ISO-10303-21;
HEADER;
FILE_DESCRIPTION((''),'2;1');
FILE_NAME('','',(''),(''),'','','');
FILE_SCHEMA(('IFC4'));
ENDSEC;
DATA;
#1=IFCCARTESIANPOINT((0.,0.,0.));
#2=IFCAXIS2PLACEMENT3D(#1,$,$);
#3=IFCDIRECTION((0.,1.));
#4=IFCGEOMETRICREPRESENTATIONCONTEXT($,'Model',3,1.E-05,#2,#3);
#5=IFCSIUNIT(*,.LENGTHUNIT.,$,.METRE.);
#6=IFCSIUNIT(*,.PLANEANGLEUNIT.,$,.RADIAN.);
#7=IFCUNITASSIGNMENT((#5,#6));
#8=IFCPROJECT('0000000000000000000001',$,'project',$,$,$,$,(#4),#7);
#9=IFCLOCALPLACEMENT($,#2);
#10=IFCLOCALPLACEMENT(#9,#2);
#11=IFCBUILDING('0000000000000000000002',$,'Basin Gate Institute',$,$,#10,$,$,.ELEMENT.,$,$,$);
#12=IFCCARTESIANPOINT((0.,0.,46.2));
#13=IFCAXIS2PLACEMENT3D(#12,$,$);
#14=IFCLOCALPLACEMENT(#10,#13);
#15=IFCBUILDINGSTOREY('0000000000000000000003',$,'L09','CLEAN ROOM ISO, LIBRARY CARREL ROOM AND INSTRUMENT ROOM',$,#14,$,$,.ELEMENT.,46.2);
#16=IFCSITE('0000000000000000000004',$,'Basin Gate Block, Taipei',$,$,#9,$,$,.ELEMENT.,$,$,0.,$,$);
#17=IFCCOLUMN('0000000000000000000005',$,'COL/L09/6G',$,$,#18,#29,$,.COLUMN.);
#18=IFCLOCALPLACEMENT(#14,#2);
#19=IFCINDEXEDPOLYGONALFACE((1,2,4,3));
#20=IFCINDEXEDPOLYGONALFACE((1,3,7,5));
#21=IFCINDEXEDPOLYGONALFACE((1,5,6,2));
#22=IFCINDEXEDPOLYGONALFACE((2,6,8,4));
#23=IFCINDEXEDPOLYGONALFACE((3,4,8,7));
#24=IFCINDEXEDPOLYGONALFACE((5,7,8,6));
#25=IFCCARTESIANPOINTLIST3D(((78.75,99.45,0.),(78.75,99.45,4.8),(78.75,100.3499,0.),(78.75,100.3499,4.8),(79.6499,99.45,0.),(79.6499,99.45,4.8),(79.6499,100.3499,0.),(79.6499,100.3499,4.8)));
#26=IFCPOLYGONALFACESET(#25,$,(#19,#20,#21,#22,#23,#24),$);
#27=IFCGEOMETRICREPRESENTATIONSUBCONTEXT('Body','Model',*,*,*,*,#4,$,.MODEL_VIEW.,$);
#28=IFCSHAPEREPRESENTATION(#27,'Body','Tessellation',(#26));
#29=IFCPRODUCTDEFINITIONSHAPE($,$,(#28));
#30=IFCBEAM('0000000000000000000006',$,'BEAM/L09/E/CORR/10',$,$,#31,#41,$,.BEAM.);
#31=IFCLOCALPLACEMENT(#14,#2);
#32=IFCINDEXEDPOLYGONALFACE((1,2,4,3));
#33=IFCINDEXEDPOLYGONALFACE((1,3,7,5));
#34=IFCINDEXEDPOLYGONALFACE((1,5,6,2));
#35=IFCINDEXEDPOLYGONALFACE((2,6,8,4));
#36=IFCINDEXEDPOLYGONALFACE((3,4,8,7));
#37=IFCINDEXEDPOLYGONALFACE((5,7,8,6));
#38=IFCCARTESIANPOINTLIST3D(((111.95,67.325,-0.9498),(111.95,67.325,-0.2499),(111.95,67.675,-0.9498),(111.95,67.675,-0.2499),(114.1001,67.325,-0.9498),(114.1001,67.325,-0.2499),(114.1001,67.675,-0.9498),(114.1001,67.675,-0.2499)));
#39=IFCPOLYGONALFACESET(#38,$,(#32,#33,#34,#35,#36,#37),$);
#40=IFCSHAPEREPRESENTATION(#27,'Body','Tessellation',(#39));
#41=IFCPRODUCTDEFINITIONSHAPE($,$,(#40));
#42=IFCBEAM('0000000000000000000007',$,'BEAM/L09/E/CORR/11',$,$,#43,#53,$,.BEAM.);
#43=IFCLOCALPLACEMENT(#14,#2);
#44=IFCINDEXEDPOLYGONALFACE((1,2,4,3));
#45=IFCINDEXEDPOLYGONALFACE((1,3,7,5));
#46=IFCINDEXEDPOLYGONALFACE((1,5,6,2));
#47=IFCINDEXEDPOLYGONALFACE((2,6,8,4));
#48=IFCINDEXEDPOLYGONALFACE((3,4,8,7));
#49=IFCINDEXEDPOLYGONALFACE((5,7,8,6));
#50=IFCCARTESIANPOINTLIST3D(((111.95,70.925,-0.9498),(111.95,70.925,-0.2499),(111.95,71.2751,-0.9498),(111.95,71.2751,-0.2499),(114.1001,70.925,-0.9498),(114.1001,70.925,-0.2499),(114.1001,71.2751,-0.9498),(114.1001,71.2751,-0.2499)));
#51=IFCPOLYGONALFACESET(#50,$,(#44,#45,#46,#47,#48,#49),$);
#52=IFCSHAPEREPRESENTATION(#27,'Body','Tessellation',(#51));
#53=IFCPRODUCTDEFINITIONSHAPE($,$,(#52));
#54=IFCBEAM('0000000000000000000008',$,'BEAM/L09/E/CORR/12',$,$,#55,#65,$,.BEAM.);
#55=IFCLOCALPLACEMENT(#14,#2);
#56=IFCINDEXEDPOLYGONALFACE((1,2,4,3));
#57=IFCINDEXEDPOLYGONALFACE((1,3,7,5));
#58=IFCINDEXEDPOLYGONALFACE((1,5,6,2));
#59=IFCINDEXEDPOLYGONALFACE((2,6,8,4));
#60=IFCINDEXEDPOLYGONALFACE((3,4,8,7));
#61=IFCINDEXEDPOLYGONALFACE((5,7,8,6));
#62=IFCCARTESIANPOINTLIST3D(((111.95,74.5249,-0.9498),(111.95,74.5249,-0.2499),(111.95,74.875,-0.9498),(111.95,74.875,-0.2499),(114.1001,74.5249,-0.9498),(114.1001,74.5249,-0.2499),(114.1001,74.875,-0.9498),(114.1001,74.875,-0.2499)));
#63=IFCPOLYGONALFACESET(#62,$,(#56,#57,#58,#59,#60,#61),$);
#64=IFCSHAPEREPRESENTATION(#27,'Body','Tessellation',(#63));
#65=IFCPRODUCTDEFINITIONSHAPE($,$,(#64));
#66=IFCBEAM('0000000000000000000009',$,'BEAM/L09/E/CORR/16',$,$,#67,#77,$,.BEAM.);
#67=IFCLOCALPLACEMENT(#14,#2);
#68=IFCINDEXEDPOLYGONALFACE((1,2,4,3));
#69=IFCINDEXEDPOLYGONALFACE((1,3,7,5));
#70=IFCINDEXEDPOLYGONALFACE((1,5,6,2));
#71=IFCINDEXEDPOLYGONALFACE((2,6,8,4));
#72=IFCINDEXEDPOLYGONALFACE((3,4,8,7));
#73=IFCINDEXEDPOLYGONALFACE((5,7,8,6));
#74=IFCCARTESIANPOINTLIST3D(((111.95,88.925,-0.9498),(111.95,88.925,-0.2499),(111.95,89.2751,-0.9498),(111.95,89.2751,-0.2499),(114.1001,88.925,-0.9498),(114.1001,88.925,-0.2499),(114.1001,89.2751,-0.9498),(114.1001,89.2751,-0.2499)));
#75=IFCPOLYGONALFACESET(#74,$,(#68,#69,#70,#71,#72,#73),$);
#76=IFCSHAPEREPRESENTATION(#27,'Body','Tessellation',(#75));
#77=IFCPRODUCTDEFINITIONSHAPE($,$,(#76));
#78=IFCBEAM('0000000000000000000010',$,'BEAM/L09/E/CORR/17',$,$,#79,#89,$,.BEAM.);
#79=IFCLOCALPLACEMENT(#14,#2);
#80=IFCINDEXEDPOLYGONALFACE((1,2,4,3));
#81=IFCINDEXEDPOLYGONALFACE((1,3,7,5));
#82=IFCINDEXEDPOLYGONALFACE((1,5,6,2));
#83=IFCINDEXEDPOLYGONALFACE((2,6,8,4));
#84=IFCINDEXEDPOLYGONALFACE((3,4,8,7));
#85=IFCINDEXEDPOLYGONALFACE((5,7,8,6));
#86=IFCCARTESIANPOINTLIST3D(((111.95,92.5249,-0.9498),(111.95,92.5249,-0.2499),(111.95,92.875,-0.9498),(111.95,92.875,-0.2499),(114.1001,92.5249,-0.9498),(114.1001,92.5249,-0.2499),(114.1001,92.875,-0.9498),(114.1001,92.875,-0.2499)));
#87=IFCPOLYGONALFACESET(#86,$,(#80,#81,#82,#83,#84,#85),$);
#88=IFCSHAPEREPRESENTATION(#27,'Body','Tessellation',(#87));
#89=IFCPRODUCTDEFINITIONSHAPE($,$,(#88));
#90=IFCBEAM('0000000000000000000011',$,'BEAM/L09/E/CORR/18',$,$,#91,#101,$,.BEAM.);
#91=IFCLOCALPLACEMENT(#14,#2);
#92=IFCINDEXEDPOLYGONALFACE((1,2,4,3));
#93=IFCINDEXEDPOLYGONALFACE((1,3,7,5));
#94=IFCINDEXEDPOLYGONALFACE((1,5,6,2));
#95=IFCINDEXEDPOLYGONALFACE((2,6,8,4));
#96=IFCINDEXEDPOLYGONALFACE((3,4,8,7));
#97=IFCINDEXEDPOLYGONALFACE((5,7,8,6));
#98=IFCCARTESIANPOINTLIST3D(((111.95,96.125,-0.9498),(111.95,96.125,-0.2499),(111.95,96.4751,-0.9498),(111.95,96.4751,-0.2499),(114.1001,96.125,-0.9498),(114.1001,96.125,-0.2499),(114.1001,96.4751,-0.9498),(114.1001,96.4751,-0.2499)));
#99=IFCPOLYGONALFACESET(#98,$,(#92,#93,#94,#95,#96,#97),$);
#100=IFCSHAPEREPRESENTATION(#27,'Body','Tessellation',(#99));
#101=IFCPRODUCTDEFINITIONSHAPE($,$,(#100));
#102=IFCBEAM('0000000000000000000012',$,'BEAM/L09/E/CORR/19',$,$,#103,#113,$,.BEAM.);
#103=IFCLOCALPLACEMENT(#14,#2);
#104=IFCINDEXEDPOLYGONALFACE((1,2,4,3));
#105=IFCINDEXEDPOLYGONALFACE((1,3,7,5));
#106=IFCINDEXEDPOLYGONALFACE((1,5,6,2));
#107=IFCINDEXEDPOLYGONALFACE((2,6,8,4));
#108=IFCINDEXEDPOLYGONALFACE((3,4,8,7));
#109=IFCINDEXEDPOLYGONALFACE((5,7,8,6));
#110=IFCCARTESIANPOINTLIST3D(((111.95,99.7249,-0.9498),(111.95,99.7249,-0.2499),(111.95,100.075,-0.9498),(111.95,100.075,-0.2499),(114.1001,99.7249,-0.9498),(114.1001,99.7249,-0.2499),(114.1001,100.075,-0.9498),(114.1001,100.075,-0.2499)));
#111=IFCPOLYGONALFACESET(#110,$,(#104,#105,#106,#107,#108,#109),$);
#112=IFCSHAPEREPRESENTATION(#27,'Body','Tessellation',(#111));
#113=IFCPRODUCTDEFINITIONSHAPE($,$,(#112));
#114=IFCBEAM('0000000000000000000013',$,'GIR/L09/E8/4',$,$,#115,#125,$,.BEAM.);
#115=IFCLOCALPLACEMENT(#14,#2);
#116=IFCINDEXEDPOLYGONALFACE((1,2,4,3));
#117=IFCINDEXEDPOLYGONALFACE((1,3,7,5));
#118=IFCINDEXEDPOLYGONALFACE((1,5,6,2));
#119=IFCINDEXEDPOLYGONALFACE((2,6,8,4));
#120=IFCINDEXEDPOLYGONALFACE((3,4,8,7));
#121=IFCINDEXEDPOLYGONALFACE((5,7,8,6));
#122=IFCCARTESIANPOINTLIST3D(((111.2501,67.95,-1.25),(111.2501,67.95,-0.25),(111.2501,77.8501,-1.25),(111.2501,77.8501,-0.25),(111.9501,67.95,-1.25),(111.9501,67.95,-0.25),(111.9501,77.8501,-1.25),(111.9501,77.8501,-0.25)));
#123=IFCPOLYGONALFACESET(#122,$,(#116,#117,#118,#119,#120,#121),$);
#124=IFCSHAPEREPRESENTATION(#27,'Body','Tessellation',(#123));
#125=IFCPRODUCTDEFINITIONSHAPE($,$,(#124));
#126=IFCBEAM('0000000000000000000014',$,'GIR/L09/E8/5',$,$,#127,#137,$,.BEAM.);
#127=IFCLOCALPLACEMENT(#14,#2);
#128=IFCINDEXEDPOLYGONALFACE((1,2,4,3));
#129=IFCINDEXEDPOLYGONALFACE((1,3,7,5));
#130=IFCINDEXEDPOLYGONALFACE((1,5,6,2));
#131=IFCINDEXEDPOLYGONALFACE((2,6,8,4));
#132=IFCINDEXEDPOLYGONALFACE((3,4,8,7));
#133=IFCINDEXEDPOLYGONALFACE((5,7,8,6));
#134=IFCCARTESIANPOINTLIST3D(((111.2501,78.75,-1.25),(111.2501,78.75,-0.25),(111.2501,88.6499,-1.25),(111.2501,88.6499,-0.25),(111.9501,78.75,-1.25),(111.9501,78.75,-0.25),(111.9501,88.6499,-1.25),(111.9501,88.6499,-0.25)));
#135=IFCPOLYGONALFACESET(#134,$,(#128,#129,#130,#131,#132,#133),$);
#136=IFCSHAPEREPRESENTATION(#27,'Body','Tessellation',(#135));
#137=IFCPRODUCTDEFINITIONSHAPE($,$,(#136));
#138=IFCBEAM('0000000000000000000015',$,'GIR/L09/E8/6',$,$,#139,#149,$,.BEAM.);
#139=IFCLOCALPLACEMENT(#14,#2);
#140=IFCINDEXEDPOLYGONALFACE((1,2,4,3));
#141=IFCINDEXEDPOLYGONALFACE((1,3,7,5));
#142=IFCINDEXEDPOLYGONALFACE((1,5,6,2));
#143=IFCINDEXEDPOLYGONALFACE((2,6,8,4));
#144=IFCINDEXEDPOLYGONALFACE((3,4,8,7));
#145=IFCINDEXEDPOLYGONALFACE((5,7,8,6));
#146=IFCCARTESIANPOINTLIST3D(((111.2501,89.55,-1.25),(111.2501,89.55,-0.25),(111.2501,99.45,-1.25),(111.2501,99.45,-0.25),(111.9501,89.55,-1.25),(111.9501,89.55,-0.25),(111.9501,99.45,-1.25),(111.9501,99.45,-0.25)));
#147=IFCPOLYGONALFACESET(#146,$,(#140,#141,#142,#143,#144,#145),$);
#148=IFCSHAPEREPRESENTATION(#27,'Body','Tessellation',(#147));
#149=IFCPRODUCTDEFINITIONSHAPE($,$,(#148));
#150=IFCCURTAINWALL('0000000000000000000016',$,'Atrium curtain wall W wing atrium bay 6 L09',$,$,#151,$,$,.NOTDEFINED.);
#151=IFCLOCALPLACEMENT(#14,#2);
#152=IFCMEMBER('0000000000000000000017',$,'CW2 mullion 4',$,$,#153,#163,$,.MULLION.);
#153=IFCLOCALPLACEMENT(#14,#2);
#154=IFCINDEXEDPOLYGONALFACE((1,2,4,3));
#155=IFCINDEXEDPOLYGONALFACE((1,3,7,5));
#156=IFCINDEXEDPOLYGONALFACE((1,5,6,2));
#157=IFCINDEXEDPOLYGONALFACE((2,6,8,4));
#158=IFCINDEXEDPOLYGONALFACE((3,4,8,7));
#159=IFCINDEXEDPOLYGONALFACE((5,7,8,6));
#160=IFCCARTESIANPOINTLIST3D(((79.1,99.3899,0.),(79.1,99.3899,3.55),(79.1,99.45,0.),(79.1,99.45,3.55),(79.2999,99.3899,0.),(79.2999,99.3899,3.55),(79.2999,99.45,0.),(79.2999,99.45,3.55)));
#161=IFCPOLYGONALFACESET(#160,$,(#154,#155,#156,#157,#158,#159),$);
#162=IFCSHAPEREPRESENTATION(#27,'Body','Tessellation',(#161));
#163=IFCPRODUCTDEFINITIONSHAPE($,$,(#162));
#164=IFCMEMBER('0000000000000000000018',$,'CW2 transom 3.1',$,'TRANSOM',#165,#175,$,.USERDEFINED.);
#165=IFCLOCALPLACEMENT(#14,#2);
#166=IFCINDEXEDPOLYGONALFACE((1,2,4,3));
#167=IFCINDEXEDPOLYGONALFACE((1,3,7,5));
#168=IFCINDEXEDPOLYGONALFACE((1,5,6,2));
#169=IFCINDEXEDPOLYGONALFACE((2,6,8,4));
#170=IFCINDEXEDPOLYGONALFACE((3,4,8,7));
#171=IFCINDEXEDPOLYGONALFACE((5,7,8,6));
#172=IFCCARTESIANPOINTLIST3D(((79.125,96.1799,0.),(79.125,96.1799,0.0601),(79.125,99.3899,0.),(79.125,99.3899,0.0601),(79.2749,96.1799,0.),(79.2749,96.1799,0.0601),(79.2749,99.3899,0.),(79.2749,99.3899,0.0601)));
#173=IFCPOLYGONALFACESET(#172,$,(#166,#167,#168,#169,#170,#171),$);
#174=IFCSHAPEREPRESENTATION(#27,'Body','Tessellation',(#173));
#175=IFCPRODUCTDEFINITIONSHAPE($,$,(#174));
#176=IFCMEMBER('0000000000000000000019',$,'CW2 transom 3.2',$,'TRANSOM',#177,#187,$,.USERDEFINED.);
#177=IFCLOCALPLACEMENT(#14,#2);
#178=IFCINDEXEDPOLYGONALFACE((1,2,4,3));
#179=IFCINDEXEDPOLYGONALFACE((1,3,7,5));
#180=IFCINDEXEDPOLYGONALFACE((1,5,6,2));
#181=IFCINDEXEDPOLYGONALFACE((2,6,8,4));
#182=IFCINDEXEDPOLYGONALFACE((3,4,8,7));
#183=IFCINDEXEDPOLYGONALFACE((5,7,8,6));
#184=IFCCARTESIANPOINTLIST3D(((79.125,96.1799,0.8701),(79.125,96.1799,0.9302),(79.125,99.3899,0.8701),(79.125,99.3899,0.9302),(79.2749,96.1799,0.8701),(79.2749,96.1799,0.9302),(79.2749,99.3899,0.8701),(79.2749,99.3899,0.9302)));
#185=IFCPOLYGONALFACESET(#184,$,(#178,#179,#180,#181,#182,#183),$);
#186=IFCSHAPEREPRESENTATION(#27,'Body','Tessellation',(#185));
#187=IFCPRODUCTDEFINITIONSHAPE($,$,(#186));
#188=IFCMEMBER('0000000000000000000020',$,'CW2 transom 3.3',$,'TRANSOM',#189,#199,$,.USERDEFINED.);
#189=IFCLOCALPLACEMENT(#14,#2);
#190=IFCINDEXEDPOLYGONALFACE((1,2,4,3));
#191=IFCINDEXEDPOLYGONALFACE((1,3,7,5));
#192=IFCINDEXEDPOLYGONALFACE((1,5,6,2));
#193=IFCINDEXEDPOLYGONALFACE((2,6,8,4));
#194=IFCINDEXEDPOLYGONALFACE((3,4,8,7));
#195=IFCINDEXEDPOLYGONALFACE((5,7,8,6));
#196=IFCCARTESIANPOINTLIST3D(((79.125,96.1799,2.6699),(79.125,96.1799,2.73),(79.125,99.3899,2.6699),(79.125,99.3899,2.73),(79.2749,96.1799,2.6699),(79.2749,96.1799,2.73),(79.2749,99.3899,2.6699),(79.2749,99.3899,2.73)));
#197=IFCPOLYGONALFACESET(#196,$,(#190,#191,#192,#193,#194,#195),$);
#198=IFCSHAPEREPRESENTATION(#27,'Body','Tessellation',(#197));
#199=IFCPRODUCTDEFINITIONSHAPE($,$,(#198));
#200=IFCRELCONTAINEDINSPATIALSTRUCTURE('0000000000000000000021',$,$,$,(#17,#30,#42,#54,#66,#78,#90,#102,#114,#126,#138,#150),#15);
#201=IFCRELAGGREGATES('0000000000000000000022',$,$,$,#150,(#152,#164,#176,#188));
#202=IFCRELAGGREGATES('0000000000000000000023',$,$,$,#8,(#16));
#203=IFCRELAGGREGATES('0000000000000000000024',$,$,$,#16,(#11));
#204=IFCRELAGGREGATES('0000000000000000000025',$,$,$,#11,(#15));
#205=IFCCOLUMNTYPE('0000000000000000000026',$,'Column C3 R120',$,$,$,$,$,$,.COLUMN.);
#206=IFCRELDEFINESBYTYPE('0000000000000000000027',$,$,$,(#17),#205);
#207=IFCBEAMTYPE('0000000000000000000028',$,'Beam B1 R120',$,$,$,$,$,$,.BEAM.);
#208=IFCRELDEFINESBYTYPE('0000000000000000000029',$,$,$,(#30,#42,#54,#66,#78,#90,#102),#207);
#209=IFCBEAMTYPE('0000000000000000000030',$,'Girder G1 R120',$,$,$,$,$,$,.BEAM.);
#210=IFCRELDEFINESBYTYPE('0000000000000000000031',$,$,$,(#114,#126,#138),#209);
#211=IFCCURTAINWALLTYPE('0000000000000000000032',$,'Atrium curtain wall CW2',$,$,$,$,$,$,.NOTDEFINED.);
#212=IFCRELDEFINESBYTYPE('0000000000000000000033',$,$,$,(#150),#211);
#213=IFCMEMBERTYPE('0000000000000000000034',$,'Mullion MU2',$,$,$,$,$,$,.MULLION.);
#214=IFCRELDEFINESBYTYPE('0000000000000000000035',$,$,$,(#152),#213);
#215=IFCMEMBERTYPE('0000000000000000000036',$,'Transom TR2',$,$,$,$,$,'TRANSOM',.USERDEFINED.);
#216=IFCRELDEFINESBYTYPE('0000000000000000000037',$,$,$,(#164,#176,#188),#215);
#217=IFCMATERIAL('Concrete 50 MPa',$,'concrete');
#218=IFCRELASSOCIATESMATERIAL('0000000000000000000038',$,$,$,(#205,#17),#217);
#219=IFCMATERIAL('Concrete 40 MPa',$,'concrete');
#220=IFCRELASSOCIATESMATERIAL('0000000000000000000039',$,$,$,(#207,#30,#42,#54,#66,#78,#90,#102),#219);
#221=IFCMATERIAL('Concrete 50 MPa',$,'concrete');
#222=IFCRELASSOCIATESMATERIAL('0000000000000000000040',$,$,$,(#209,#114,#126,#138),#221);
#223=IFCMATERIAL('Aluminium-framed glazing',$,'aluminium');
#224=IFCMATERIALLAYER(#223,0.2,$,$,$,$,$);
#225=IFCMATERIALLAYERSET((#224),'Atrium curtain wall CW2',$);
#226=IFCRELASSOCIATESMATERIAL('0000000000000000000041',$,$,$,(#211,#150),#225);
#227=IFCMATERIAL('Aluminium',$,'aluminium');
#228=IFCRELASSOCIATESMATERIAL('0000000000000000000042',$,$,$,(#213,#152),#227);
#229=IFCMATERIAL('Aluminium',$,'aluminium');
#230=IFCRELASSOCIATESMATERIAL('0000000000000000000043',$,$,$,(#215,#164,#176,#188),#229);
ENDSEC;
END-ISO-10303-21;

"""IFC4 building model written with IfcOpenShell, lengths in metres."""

from ifc_helpers import new_model, si_unit, direction, frame, origin, origin_2d, place, context, subcontext, project, spatial, rectangle, extrude, material, layer, layer_set, material_profile, profile_set, type_object, element, aggregate, save


model = new_model("IFC4")

# Units and contexts
model_context = context("Model", 3, precision=1e-05, world=origin(), true_north=direction((0.0, 1.0)))
body_context = subcontext(model_context, "Body", "Model", "MODEL_VIEW")
ifc_project = project(units=[si_unit("LENGTHUNIT", "METRE"), si_unit("PLANEANGLEUNIT", "RADIAN")], contexts=[model_context])

# Site, building, storey
site_placement = place(None, origin())
site = spatial("IfcSite", under=ifc_project, at=site_placement, Name="Basin Gate Block, Taipei", CompositionType="ELEMENT", RefElevation=0.0)
building_placement = place(site_placement, origin())
building = spatial("IfcBuilding", under=site, at=building_placement, Name="Basin Gate Institute", CompositionType="ELEMENT")
storey_placement = place(building_placement, frame((0.0, 0.0, 46.2)))
storey = spatial("IfcBuildingStorey", under=building, at=storey_placement, Name="L09", Description="CLEAN ROOM ISO, LIBRARY CARREL ROOM AND INSTRUMENT ROOM", CompositionType="ELEMENT", Elevation=46.2)

# Column
ifc_material_1 = material(Name="Concrete 50 MPa", Category="concrete")
ifc_material_profile_1 = material_profile(ifc_material_1, rectangle(XDim=0.8999, YDim=0.8999, at=origin_2d()), Name="Column C3 900 x 900")
ifc_profile_set_1 = profile_set([ifc_material_profile_1], Name="Concrete 50 MPa")
column_type = type_object("IfcColumnType", Name="Column C3 R120", PredefinedType="COLUMN", material=ifc_profile_set_1)
column_placement = place(storey_placement, frame((79.2, 99.8999, 0.0), z_axis=(0.0, 0.0, 1.0), x_axis=(1.0, 0.0, 0.0)))
element("IfcColumn", 1, at=column_placement, inside=storey, type_object=column_type, material=ifc_profile_set_1, Name="COL/L09/6G", PredefinedType="COLUMN", context=body_context, shape_type="SweptSolid", body=[
    extrude(rectangle(XDim=0.8999, YDim=0.8999, at=origin_2d()), origin(), (0.0, 0.0, 1.0), 4.8),
])

# Beams
ifc_material_2 = material(Name="Concrete 40 MPa", Category="concrete")
ifc_material_profile_2 = material_profile(ifc_material_2, rectangle(XDim=0.3501, YDim=0.7, at=origin_2d()), Name="Beam B1 350 x 700")
ifc_profile_set_2 = profile_set([ifc_material_profile_2], Name="Concrete 40 MPa")
beam_type_1 = type_object("IfcBeamType", Name="Beam B1 R120", PredefinedType="BEAM", material=ifc_profile_set_2)
for number, where, z_axis, x_axis, name in (
    (2, (114.1001, 67.5, -0.5999), (-1.0, 0.0, 0.0), (0.0, -1.0, 0.0), "BEAM/L09/E/CORR/10"),
    (3, (114.1001, 71.1001, -0.5999), (-1.0, 0.0, 0.0), (0.0, -1.0, 0.0), "BEAM/L09/E/CORR/11"),
    (4, (114.1001, 74.7, -0.5999), (-1.0, 0.0, 0.0), (0.0, -1.0, 0.0), "BEAM/L09/E/CORR/12"),
    (5, (114.1001, 89.1001, -0.5999), (-1.0, 0.0, 0.0), (0.0, -1.0, 0.0), "BEAM/L09/E/CORR/16"),
    (6, (114.1001, 92.7, -0.5999), (-1.0, 0.0, 0.0), (0.0, -1.0, 0.0), "BEAM/L09/E/CORR/17"),
    (7, (114.1001, 96.3, -0.5999), (-1.0, 0.0, 0.0), (0.0, -1.0, 0.0), "BEAM/L09/E/CORR/18"),
    (8, (114.1001, 99.8999, -0.5999), (-1.0, 0.0, 0.0), (0.0, -1.0, 0.0), "BEAM/L09/E/CORR/19"),
):
    element("IfcBeam", number, at=place(storey_placement, frame(where, z_axis=z_axis, x_axis=x_axis)), inside=storey, type_object=beam_type_1, material=ifc_profile_set_2, Name=name, PredefinedType="BEAM", context=body_context, shape_type="SweptSolid", body=[
        extrude(rectangle(XDim=0.3501, YDim=0.7, at=origin_2d()), origin(), (0.0, 0.0, 1.0), 2.1501),
    ])
ifc_material_3 = material(Name="Concrete 50 MPa", Category="concrete")
ifc_material_profile_3 = material_profile(ifc_material_3, rectangle(XDim=0.7, YDim=1.0, at=origin_2d()), Name="Girder G1 700 x 1000")
ifc_profile_set_3 = profile_set([ifc_material_profile_3], Name="Concrete 50 MPa")
beam_type_2 = type_object("IfcBeamType", Name="Girder G1 R120", PredefinedType="BEAM", material=ifc_profile_set_3)
beam_placement = place(storey_placement, frame((111.6001, 67.95, -0.75), z_axis=(0.0, 1.0, 0.0), x_axis=(-1.0, 0.0, 0.0)))
element("IfcBeam", 9, at=beam_placement, inside=storey, type_object=beam_type_2, material=ifc_profile_set_3, Name="GIR/L09/E8/4", PredefinedType="BEAM", context=body_context, shape_type="SweptSolid", body=[
    extrude(rectangle(XDim=0.7, YDim=1.0, at=origin_2d()), origin(), (0.0, 0.0, 1.0), 9.9001),
])
for number, where, z_axis, x_axis, name in (
    (10, (111.6001, 78.75, -0.75), (0.0, 1.0, 0.0), (-1.0, 0.0, 0.0), "GIR/L09/E8/5"),
    (11, (111.6001, 89.55, -0.75), (0.0, 1.0, 0.0), (-1.0, 0.0, 0.0), "GIR/L09/E8/6"),
):
    element("IfcBeam", number, at=place(storey_placement, frame(where, z_axis=z_axis, x_axis=x_axis)), inside=storey, type_object=beam_type_2, material=ifc_profile_set_3, Name=name, PredefinedType="BEAM", context=body_context, shape_type="SweptSolid", body=[
        extrude(rectangle(XDim=0.7, YDim=1.0, at=origin_2d()), origin(), (0.0, 0.0, 1.0), 9.8999),
    ])

# Curtain wall, members
ifc_material_4 = material(Name="Aluminium-framed glazing", Category="aluminium")
ifc_layer_1 = layer(ifc_material_4, 0.2)
ifc_layer_set_1 = layer_set([ifc_layer_1], Name="Atrium curtain wall CW2")
curtain_wall_type = type_object("IfcCurtainWallType", Name="Atrium curtain wall CW2", PredefinedType="NOTDEFINED", material=ifc_layer_set_1)
curtain_wall_placement = place(storey_placement, origin())
curtain_wall = element("IfcCurtainWall", 12, at=curtain_wall_placement, inside=storey, type_object=curtain_wall_type, material=ifc_layer_set_1, Name="Atrium curtain wall W wing atrium bay 6 L09", PredefinedType="NOTDEFINED")
ifc_material_5 = material(Name="Aluminium", Category="aluminium")
ifc_material_profile_4 = material_profile(ifc_material_5, rectangle(XDim=0.2, YDim=0.0601, at=origin_2d()), Name="Mullion MU2 200 x 60")
ifc_profile_set_4 = profile_set([ifc_material_profile_4], Name="Aluminium")
member_type_1 = type_object("IfcMemberType", Name="Mullion MU2", PredefinedType="MULLION", material=ifc_profile_set_4)
member_1_placement = place(storey_placement, frame((79.2, 99.4199, 0.0), z_axis=(0.0, 0.0, 1.0), x_axis=(-1.0, 0.0, 0.0)))
member_1 = element("IfcMember", 13, at=member_1_placement, type_object=member_type_1, material=ifc_profile_set_4, Name="CW2 mullion 4", PredefinedType="MULLION", context=body_context, shape_type="SweptSolid", body=[
    extrude(rectangle(XDim=0.2, YDim=0.0601, at=origin_2d()), origin(), (0.0, 0.0, 1.0), 3.55),
])
ifc_material_6 = material(Name="Aluminium", Category="aluminium")
ifc_material_profile_5 = material_profile(ifc_material_6, rectangle(XDim=0.1499, YDim=0.0601, at=origin_2d()), Name="Transom TR2 150 x 60")
ifc_profile_set_5 = profile_set([ifc_material_profile_5], Name="Aluminium")
member_type_2 = type_object("IfcMemberType", Name="Transom TR2", ElementType="TRANSOM", PredefinedType="USERDEFINED", material=ifc_profile_set_5)
member_2_placement = place(storey_placement, frame((79.2, 96.1799, 0.03), z_axis=(0.0, 1.0, 0.0), x_axis=(-1.0, 0.0, 0.0)))
member_2 = element("IfcMember", 14, at=member_2_placement, type_object=member_type_2, material=ifc_profile_set_5, Name="CW2 transom 3.1", ObjectType="TRANSOM", PredefinedType="USERDEFINED", context=body_context, shape_type="SweptSolid", body=[
    extrude(rectangle(XDim=0.1499, YDim=0.0601, at=origin_2d()), origin(), (0.0, 0.0, 1.0), 3.21),
])
member_3_placement = place(storey_placement, frame((79.2, 96.1799, 0.9001), z_axis=(0.0, 1.0, 0.0), x_axis=(-1.0, 0.0, 0.0)))
member_3 = element("IfcMember", 15, at=member_3_placement, type_object=member_type_2, material=ifc_profile_set_5, Name="CW2 transom 3.2", ObjectType="TRANSOM", PredefinedType="USERDEFINED", context=body_context, shape_type="SweptSolid", body=[
    extrude(rectangle(XDim=0.1499, YDim=0.0601, at=origin_2d()), origin(), (0.0, 0.0, 1.0), 3.21),
])
member_4_placement = place(storey_placement, frame((79.2, 96.1799, 2.7), z_axis=(0.0, 1.0, 0.0), x_axis=(-1.0, 0.0, 0.0)))
member_4 = element("IfcMember", 16, at=member_4_placement, type_object=member_type_2, material=ifc_profile_set_5, Name="CW2 transom 3.3", ObjectType="TRANSOM", PredefinedType="USERDEFINED", context=body_context, shape_type="SweptSolid", body=[
    extrude(rectangle(XDim=0.1499, YDim=0.0601, at=origin_2d()), origin(), (0.0, 0.0, 1.0), 3.21),
])
aggregate(curtain_wall, [member_1, member_2, member_3, member_4])

save(model, "model.ifc")
